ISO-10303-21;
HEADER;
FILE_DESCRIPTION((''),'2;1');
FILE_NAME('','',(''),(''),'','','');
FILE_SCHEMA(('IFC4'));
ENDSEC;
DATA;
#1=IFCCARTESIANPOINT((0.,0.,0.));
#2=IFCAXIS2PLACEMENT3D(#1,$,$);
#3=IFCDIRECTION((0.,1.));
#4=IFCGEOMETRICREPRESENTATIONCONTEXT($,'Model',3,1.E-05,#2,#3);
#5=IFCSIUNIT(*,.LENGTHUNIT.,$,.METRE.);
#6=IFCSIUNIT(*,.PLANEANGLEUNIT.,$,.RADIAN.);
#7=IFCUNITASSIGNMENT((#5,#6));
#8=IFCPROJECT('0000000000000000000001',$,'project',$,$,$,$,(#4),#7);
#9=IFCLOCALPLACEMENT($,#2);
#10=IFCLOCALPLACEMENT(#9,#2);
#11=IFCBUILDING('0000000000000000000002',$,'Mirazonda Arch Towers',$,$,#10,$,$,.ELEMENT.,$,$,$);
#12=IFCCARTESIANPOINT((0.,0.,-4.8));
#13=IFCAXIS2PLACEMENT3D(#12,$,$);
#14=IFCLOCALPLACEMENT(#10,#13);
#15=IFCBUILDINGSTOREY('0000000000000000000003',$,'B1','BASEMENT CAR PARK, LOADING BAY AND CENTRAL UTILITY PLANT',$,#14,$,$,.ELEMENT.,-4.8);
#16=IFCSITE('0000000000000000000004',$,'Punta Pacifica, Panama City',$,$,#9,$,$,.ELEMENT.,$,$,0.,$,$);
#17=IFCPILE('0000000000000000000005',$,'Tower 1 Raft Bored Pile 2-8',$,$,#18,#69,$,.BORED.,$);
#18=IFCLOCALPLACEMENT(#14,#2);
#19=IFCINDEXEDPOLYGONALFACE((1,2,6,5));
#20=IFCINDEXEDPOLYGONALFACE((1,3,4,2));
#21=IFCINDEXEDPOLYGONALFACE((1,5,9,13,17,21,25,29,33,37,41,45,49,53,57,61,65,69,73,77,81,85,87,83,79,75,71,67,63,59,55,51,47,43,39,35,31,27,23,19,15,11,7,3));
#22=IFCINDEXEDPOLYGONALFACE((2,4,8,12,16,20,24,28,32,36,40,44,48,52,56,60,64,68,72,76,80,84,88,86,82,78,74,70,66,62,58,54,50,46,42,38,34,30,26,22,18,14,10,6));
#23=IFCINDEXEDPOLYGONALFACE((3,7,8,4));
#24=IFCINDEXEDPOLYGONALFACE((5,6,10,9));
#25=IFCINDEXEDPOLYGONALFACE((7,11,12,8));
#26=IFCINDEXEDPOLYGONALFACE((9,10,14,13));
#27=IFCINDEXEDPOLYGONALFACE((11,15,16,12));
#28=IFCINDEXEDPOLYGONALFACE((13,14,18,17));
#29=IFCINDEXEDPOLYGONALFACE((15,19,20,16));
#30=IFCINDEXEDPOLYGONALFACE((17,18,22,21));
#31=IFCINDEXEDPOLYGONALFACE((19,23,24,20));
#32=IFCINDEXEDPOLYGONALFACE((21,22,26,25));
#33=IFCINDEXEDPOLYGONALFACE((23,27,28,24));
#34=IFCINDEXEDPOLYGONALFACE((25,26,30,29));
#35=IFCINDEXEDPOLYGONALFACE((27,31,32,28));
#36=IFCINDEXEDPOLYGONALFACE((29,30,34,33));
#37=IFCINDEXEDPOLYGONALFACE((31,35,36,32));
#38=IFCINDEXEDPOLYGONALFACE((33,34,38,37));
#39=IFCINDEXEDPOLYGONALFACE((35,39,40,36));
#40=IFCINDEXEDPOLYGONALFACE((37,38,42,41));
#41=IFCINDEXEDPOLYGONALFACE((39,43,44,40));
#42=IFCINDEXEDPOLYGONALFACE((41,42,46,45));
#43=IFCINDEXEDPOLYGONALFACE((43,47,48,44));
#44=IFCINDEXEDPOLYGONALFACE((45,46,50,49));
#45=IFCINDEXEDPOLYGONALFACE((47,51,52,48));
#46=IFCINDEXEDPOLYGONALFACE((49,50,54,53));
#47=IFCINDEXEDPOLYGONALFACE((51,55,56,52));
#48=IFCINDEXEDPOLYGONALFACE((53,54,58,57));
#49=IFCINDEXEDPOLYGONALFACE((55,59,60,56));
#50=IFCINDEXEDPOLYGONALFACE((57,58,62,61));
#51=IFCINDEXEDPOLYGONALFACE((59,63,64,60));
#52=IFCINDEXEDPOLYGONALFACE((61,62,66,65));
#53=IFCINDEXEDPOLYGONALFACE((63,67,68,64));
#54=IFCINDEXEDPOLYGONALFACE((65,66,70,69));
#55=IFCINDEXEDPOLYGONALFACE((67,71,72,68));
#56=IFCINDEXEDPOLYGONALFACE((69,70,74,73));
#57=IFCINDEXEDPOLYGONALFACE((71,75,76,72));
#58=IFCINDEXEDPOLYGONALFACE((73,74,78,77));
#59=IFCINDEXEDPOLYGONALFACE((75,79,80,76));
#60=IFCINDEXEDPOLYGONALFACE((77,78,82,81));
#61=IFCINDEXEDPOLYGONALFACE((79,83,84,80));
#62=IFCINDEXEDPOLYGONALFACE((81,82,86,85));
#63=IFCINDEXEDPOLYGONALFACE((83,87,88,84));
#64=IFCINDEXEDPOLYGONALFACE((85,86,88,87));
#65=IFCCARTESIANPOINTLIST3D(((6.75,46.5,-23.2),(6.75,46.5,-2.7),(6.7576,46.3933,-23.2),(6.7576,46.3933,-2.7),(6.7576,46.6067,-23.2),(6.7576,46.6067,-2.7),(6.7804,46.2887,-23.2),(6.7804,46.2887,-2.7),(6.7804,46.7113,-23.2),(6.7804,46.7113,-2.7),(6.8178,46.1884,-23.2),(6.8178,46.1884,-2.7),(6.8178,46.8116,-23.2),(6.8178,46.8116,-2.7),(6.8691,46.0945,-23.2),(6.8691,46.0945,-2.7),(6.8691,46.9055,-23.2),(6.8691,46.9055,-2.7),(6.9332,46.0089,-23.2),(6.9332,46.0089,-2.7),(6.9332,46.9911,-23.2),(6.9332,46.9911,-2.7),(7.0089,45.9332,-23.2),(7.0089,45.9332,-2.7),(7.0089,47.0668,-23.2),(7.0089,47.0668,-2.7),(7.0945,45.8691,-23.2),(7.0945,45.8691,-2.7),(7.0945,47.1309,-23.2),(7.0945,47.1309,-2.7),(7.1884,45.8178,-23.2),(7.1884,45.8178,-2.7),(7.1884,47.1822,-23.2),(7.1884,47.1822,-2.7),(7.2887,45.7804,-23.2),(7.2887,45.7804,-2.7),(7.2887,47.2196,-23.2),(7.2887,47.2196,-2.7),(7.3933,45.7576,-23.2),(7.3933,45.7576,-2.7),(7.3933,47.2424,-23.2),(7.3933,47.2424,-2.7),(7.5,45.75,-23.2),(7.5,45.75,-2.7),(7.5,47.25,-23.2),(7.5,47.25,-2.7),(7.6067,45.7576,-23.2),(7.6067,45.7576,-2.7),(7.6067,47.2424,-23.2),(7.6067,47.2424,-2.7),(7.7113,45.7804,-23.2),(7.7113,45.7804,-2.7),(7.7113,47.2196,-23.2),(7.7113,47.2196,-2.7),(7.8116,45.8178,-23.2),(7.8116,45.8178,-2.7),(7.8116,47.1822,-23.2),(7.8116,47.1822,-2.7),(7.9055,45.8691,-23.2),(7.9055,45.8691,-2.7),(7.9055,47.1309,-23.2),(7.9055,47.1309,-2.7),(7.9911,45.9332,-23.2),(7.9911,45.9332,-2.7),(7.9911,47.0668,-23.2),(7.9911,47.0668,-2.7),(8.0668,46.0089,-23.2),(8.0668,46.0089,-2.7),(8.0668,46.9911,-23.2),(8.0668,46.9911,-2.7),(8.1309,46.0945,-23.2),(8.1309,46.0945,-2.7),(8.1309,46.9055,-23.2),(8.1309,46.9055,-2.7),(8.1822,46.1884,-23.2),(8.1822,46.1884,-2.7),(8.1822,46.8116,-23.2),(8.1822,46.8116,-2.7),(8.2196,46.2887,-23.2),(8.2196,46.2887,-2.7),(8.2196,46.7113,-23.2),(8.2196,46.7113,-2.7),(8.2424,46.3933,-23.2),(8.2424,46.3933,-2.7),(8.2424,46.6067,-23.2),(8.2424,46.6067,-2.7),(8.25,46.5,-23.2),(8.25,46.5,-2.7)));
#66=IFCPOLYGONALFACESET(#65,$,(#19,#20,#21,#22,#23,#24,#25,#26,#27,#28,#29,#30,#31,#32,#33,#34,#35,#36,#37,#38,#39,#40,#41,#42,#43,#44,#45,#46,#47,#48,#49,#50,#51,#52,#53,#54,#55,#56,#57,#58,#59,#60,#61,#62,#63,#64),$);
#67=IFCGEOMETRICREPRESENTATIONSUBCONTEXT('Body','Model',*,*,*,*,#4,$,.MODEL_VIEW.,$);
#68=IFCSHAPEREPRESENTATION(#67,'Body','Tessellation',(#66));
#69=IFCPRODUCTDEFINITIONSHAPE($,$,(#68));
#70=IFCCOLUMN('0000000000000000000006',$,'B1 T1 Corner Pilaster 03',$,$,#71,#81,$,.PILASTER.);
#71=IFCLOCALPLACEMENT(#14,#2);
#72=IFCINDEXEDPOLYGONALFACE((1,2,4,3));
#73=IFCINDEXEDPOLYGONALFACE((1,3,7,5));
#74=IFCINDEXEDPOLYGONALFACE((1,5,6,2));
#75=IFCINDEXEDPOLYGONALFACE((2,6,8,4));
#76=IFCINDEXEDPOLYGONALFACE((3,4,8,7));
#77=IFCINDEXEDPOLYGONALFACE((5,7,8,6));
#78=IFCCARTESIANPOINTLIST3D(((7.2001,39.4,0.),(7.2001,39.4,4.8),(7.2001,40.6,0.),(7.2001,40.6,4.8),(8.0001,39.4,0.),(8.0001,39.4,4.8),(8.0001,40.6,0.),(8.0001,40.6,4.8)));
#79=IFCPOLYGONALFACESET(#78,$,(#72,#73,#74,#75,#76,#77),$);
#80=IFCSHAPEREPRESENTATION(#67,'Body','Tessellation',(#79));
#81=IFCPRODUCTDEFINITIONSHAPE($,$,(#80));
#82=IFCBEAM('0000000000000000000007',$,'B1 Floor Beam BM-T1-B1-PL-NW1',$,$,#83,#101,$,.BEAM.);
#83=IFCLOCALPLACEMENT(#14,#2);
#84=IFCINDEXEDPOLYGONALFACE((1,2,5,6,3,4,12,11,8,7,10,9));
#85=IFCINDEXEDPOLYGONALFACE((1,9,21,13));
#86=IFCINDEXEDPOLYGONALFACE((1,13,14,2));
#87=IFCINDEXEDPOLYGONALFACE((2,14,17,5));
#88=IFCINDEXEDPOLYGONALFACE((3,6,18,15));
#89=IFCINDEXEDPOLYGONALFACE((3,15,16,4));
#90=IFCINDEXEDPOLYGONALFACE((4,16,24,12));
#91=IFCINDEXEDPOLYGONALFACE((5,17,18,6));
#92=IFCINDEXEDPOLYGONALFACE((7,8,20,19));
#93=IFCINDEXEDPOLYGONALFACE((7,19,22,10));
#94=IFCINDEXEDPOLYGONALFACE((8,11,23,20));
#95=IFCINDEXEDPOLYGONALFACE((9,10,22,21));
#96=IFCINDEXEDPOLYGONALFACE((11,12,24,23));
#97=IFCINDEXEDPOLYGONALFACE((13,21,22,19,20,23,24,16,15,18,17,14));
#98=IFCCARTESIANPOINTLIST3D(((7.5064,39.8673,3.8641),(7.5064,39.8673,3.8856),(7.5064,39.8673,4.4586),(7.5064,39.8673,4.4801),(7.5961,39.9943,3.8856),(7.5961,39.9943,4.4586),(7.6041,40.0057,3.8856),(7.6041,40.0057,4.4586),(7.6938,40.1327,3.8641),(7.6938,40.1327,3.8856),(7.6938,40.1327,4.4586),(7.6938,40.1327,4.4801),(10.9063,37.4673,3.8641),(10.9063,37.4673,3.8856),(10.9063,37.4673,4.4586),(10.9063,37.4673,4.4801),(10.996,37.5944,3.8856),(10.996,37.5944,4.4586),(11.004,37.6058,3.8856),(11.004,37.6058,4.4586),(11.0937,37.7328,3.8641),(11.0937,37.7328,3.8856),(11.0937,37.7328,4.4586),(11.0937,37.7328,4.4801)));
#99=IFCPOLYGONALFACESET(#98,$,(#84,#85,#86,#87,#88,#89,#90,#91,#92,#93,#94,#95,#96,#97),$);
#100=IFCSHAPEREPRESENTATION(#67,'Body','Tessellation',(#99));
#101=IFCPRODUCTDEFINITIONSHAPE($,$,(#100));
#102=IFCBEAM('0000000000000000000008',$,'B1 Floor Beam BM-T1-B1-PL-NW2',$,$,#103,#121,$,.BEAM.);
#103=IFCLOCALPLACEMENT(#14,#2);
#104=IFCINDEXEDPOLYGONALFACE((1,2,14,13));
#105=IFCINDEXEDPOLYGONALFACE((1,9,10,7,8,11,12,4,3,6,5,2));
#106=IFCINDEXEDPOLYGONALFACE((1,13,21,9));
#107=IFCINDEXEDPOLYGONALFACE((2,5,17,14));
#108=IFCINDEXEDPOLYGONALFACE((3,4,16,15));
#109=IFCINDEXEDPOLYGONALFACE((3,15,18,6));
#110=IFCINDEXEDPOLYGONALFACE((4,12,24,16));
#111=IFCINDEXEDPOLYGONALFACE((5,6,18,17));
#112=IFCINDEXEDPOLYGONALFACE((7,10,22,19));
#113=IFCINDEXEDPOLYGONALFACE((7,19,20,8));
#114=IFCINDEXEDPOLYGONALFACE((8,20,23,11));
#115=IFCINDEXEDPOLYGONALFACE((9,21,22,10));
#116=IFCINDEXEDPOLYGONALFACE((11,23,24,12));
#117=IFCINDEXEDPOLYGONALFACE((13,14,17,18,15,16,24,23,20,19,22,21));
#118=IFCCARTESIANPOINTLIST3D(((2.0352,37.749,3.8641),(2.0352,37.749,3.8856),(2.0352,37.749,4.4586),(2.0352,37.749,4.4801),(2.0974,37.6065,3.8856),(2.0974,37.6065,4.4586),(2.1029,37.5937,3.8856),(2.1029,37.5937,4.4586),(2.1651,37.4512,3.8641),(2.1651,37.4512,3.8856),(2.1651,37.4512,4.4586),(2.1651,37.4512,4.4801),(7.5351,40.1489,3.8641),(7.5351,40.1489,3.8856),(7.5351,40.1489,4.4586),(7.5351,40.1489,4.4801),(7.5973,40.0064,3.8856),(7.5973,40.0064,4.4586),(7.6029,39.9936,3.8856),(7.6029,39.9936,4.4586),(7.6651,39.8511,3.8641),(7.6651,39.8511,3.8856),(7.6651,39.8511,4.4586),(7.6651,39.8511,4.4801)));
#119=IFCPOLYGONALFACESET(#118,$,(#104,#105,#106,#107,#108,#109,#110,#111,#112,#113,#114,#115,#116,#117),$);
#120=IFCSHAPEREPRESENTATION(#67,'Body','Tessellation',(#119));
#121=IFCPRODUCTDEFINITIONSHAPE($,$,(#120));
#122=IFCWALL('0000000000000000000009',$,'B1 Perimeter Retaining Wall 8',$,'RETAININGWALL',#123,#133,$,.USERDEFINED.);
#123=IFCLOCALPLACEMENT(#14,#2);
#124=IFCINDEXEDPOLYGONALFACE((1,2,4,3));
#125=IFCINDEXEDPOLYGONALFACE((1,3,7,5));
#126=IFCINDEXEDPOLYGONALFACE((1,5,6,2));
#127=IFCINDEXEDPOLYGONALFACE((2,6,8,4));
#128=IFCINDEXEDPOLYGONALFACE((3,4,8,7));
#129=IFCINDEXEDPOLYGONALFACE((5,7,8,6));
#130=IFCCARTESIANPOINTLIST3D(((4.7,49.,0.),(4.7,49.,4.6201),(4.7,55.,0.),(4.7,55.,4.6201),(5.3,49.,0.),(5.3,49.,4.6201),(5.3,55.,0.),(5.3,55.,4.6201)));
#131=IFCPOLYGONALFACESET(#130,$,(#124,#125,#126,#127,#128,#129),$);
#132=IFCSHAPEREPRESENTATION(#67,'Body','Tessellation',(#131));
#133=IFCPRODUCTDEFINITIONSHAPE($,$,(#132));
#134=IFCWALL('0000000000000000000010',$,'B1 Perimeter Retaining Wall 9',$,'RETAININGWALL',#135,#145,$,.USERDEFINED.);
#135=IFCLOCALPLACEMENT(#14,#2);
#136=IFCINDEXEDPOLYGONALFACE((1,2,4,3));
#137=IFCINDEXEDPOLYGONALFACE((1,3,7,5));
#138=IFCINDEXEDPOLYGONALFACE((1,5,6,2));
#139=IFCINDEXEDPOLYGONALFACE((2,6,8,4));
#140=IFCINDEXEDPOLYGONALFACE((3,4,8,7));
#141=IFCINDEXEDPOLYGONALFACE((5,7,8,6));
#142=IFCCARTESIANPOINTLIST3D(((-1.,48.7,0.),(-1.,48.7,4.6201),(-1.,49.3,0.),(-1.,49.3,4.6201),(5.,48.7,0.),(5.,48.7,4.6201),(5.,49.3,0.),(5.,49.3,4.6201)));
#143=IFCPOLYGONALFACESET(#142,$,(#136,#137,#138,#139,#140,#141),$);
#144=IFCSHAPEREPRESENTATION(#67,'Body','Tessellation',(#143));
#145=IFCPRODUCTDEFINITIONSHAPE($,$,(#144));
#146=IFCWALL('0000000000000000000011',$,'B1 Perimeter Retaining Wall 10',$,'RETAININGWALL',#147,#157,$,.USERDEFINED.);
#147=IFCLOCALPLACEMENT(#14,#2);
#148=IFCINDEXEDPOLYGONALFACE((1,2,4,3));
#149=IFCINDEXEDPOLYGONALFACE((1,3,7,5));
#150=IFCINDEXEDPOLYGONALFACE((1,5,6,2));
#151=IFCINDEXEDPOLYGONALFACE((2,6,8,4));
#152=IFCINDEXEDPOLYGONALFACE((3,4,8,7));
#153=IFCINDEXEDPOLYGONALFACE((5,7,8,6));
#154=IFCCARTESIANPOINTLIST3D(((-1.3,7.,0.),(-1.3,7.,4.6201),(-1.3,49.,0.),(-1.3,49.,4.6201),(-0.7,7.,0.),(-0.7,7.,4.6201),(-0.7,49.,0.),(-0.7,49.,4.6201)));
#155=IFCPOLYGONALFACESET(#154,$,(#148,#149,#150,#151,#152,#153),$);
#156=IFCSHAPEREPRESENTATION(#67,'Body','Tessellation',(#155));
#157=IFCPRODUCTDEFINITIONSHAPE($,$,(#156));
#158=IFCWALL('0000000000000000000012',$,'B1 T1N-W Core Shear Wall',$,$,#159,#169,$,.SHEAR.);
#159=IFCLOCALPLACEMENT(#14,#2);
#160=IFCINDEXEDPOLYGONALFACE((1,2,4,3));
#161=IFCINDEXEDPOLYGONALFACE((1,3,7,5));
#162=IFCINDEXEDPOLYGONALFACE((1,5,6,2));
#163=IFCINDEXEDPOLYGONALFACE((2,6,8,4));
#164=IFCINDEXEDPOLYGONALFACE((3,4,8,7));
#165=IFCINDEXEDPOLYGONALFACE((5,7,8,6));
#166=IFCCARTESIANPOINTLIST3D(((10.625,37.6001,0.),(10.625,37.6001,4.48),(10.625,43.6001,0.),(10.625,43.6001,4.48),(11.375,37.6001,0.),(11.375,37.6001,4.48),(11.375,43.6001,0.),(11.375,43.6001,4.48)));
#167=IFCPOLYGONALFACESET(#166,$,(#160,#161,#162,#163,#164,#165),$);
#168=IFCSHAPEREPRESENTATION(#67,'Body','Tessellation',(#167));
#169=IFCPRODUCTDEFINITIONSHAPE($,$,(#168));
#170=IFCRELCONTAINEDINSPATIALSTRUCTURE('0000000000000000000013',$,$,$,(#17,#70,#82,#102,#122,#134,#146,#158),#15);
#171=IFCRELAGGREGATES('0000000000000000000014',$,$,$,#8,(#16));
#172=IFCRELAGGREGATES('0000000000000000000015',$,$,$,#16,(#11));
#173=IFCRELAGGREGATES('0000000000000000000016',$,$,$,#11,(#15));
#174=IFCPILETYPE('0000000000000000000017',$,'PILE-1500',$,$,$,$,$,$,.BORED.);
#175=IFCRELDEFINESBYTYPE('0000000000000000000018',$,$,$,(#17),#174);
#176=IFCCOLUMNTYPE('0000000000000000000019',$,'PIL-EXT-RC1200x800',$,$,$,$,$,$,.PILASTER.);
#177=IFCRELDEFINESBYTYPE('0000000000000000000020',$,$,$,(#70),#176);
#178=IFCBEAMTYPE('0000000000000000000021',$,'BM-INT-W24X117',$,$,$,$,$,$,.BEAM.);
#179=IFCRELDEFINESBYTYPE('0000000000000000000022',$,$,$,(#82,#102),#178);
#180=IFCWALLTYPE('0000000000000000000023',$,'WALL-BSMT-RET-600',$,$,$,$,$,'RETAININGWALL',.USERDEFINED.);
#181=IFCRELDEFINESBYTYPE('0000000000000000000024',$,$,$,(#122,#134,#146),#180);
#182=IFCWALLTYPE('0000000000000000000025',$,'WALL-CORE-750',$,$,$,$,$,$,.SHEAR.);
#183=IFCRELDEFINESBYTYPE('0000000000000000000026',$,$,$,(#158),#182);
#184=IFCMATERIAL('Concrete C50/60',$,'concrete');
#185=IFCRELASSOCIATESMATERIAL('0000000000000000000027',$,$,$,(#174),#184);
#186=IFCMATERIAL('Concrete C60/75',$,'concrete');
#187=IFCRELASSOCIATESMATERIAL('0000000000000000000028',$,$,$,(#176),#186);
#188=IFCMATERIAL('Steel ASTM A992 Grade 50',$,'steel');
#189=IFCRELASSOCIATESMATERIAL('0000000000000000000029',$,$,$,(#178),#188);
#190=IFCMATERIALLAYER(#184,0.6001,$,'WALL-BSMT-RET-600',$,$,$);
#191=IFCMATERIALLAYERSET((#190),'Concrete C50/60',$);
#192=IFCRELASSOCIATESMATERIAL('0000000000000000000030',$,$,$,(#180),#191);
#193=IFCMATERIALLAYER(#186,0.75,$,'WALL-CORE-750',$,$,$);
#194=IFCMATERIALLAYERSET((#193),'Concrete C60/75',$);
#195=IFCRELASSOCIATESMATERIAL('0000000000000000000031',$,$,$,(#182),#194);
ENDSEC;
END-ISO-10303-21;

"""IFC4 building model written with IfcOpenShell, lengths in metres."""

from ifc_helpers import new_model, si_unit, direction, frame, frame_2d, origin, origin_2d, place, context, subcontext, project, spatial, rectangle, circle, i_section, extrude, material, layer, layer_set, material_profile, profile_set, type_object, element, save


model = new_model("IFC4")

# Units and contexts
model_context = context("Model", 3, precision=1e-05, world=origin(), true_north=direction((0.0, 1.0)))
body_context = subcontext(model_context, "Body", "Model", "MODEL_VIEW")
ifc_project = project(units=[si_unit("LENGTHUNIT", "METRE"), si_unit("PLANEANGLEUNIT", "RADIAN")], contexts=[model_context])

# Site, building, storey
site_placement = place(None, origin())
site = spatial("IfcSite", under=ifc_project, at=site_placement, Name="Punta Pacifica, Panama City", CompositionType="ELEMENT", RefElevation=0.0)
building_placement = place(site_placement, origin())
building = spatial("IfcBuilding", under=site, at=building_placement, Name="Mirazonda Arch Towers", CompositionType="ELEMENT")
storey_placement = place(building_placement, frame((0.0, 0.0, -4.8)))
storey = spatial("IfcBuildingStorey", under=building, at=storey_placement, Name="B1", Description="BASEMENT CAR PARK, LOADING BAY AND CENTRAL UTILITY PLANT", CompositionType="ELEMENT", Elevation=-4.8)

# Pile
ifc_material_1 = material(Name="Concrete C50/60", Category="concrete")
ifc_material_profile_1 = material_profile(ifc_material_1, circle(Radius=0.75, at=origin_2d()), Name="BORED-D1500")
ifc_profile_set_1 = profile_set([ifc_material_profile_1], Name="Concrete C50/60")
pile_type = type_object("IfcPileType", Name="PILE-1500", PredefinedType="BORED", material=ifc_profile_set_1)
for number, where, z_axis, x_axis, name in (
    (1, (7.5, 46.5, -2.7), (0.0, 0.0, -1.0), (1.0, 0.0, 0.0), "Tower 1 Raft Bored Pile 2-8"),
):
    element("IfcPile", number, at=place(storey_placement, frame(where, z_axis=z_axis, x_axis=x_axis)), inside=storey, type_object=pile_type, Name=name, PredefinedType="BORED", context=body_context, shape_type="SweptSolid", body=[
        extrude(circle(Radius=0.75, at=origin_2d()), origin(), (0.0, 0.0, 1.0), 20.5),
    ])

# Column
ifc_material_2 = material(Name="Concrete C60/75", Category="concrete")
ifc_material_profile_2 = material_profile(ifc_material_2, rectangle(XDim=0.8, YDim=1.2, at=origin_2d()), Name="RC1200x800")
ifc_profile_set_2 = profile_set([ifc_material_profile_2], Name="Concrete C60/75")
column_type = type_object("IfcColumnType", Name="PIL-EXT-RC1200x800", PredefinedType="PILASTER", material=ifc_profile_set_2)
column_placement = place(storey_placement, frame((7.6001, 40.0, 0.0), z_axis=(0.0, 0.0, 1.0), x_axis=(1.0, 0.0, 0.0)))
element("IfcColumn", 2, at=column_placement, inside=storey, type_object=column_type, Name="B1 T1 Corner Pilaster 03", PredefinedType="PILASTER", context=body_context, shape_type="SweptSolid", body=[
    extrude(rectangle(XDim=0.8, YDim=1.2, at=origin_2d()), origin(), (0.0, 0.0, 1.0), 4.8),
])

# Beams
ifc_material_3 = material(Name="Steel ASTM A992 Grade 50", Category="steel")
ifc_material_profile_3 = material_profile(ifc_material_3, i_section(OverallWidth=0.325, OverallDepth=0.616, WebThickness=0.0139, FlangeThickness=0.0215, at=origin_2d()), Name="W24X117")
ifc_profile_set_3 = profile_set([ifc_material_profile_3], Name="Steel ASTM A992 Grade 50")
beam_type = type_object("IfcBeamType", Name="BM-INT-W24X117", PredefinedType="BEAM", material=ifc_profile_set_3)
beam_1_placement = place(storey_placement, frame((7.6001, 40.0, 4.1721), z_axis=(0.816971, -0.576679, 0.0), x_axis=(0.576679, 0.816971, 0.0)))
element("IfcBeam", 3, at=beam_1_placement, inside=storey, type_object=beam_type, Name="B1 Floor Beam BM-T1-B1-PL-NW1", PredefinedType="BEAM", context=body_context, shape_type="SweptSolid", body=[
    extrude(i_section(OverallWidth=0.325, OverallDepth=0.616, WebThickness=0.0139, FlangeThickness=0.0215, at=origin_2d()), origin(), (0.0, 0.0, 1.0), 4.1616),
])
beam_2_placement = place(storey_placement, frame((7.6001, 40.0, 4.1721), z_axis=(-0.916545, -0.399931, 0.0), x_axis=(0.399931, -0.916545, 0.0)))
element("IfcBeam", 4, at=beam_2_placement, inside=storey, type_object=beam_type, Name="B1 Floor Beam BM-T1-B1-PL-NW2", PredefinedType="BEAM", context=body_context, shape_type="SweptSolid", body=[
    extrude(i_section(OverallWidth=0.325, OverallDepth=0.616, WebThickness=0.0139, FlangeThickness=0.0215, at=origin_2d()), origin(), (0.0, 0.0, 1.0), 6.0007),
])

# Walls
ifc_layer_1 = layer(ifc_material_1, 0.6001, Name="WALL-BSMT-RET-600")
ifc_layer_set_1 = layer_set([ifc_layer_1], Name="Concrete C50/60")
wall_type_1 = type_object("IfcWallType", Name="WALL-BSMT-RET-600", ElementType="RETAININGWALL", PredefinedType="USERDEFINED", material=ifc_layer_set_1)
for number, where, z_axis, x_axis, name in (
    (5, (5.0, 55.0, 0.0), (0.0, 0.0, 1.0), (0.0, -1.0, 0.0), "B1 Perimeter Retaining Wall 8"),
    (6, (5.0, 49.0, 0.0), (0.0, 0.0, 1.0), (-1.0, 0.0, 0.0), "B1 Perimeter Retaining Wall 9"),
):
    element("IfcWall", number, at=place(storey_placement, frame(where, z_axis=z_axis, x_axis=x_axis)), inside=storey, type_object=wall_type_1, Name=name, ObjectType="RETAININGWALL", PredefinedType="USERDEFINED", context=body_context, shape_type="SweptSolid", body=[
        extrude(rectangle(XDim=6.0, YDim=0.6001, at=frame_2d((3.0, 0.0))), origin(), (0.0, 0.0, 1.0), 4.6201),
    ])
wall_1_placement = place(storey_placement, frame((-1.0, 49.0, 0.0), z_axis=(0.0, 0.0, 1.0), x_axis=(0.0, -1.0, 0.0)))
element("IfcWall", 7, at=wall_1_placement, inside=storey, type_object=wall_type_1, Name="B1 Perimeter Retaining Wall 10", ObjectType="RETAININGWALL", PredefinedType="USERDEFINED", context=body_context, shape_type="SweptSolid", body=[
    extrude(rectangle(XDim=42.0, YDim=0.6001, at=frame_2d((21.0, 0.0))), origin(), (0.0, 0.0, 1.0), 4.6201),
])
ifc_layer_2 = layer(ifc_material_2, 0.75, Name="WALL-CORE-750")
ifc_layer_set_2 = layer_set([ifc_layer_2], Name="Concrete C60/75")
wall_type_2 = type_object("IfcWallType", Name="WALL-CORE-750", PredefinedType="SHEAR", material=ifc_layer_set_2)
wall_2_placement = place(storey_placement, frame((11.0, 37.6001, 0.0), z_axis=(0.0, 0.0, 1.0), x_axis=(0.0, 1.0, 0.0)))
element("IfcWall", 8, at=wall_2_placement, inside=storey, type_object=wall_type_2, Name="B1 T1N-W Core Shear Wall", PredefinedType="SHEAR", context=body_context, shape_type="SweptSolid", body=[
    extrude(rectangle(XDim=6.0, YDim=0.75, at=frame_2d((3.0, 0.0))), origin(), (0.0, 0.0, 1.0), 4.48),
])

save(model, "model.ifc")
